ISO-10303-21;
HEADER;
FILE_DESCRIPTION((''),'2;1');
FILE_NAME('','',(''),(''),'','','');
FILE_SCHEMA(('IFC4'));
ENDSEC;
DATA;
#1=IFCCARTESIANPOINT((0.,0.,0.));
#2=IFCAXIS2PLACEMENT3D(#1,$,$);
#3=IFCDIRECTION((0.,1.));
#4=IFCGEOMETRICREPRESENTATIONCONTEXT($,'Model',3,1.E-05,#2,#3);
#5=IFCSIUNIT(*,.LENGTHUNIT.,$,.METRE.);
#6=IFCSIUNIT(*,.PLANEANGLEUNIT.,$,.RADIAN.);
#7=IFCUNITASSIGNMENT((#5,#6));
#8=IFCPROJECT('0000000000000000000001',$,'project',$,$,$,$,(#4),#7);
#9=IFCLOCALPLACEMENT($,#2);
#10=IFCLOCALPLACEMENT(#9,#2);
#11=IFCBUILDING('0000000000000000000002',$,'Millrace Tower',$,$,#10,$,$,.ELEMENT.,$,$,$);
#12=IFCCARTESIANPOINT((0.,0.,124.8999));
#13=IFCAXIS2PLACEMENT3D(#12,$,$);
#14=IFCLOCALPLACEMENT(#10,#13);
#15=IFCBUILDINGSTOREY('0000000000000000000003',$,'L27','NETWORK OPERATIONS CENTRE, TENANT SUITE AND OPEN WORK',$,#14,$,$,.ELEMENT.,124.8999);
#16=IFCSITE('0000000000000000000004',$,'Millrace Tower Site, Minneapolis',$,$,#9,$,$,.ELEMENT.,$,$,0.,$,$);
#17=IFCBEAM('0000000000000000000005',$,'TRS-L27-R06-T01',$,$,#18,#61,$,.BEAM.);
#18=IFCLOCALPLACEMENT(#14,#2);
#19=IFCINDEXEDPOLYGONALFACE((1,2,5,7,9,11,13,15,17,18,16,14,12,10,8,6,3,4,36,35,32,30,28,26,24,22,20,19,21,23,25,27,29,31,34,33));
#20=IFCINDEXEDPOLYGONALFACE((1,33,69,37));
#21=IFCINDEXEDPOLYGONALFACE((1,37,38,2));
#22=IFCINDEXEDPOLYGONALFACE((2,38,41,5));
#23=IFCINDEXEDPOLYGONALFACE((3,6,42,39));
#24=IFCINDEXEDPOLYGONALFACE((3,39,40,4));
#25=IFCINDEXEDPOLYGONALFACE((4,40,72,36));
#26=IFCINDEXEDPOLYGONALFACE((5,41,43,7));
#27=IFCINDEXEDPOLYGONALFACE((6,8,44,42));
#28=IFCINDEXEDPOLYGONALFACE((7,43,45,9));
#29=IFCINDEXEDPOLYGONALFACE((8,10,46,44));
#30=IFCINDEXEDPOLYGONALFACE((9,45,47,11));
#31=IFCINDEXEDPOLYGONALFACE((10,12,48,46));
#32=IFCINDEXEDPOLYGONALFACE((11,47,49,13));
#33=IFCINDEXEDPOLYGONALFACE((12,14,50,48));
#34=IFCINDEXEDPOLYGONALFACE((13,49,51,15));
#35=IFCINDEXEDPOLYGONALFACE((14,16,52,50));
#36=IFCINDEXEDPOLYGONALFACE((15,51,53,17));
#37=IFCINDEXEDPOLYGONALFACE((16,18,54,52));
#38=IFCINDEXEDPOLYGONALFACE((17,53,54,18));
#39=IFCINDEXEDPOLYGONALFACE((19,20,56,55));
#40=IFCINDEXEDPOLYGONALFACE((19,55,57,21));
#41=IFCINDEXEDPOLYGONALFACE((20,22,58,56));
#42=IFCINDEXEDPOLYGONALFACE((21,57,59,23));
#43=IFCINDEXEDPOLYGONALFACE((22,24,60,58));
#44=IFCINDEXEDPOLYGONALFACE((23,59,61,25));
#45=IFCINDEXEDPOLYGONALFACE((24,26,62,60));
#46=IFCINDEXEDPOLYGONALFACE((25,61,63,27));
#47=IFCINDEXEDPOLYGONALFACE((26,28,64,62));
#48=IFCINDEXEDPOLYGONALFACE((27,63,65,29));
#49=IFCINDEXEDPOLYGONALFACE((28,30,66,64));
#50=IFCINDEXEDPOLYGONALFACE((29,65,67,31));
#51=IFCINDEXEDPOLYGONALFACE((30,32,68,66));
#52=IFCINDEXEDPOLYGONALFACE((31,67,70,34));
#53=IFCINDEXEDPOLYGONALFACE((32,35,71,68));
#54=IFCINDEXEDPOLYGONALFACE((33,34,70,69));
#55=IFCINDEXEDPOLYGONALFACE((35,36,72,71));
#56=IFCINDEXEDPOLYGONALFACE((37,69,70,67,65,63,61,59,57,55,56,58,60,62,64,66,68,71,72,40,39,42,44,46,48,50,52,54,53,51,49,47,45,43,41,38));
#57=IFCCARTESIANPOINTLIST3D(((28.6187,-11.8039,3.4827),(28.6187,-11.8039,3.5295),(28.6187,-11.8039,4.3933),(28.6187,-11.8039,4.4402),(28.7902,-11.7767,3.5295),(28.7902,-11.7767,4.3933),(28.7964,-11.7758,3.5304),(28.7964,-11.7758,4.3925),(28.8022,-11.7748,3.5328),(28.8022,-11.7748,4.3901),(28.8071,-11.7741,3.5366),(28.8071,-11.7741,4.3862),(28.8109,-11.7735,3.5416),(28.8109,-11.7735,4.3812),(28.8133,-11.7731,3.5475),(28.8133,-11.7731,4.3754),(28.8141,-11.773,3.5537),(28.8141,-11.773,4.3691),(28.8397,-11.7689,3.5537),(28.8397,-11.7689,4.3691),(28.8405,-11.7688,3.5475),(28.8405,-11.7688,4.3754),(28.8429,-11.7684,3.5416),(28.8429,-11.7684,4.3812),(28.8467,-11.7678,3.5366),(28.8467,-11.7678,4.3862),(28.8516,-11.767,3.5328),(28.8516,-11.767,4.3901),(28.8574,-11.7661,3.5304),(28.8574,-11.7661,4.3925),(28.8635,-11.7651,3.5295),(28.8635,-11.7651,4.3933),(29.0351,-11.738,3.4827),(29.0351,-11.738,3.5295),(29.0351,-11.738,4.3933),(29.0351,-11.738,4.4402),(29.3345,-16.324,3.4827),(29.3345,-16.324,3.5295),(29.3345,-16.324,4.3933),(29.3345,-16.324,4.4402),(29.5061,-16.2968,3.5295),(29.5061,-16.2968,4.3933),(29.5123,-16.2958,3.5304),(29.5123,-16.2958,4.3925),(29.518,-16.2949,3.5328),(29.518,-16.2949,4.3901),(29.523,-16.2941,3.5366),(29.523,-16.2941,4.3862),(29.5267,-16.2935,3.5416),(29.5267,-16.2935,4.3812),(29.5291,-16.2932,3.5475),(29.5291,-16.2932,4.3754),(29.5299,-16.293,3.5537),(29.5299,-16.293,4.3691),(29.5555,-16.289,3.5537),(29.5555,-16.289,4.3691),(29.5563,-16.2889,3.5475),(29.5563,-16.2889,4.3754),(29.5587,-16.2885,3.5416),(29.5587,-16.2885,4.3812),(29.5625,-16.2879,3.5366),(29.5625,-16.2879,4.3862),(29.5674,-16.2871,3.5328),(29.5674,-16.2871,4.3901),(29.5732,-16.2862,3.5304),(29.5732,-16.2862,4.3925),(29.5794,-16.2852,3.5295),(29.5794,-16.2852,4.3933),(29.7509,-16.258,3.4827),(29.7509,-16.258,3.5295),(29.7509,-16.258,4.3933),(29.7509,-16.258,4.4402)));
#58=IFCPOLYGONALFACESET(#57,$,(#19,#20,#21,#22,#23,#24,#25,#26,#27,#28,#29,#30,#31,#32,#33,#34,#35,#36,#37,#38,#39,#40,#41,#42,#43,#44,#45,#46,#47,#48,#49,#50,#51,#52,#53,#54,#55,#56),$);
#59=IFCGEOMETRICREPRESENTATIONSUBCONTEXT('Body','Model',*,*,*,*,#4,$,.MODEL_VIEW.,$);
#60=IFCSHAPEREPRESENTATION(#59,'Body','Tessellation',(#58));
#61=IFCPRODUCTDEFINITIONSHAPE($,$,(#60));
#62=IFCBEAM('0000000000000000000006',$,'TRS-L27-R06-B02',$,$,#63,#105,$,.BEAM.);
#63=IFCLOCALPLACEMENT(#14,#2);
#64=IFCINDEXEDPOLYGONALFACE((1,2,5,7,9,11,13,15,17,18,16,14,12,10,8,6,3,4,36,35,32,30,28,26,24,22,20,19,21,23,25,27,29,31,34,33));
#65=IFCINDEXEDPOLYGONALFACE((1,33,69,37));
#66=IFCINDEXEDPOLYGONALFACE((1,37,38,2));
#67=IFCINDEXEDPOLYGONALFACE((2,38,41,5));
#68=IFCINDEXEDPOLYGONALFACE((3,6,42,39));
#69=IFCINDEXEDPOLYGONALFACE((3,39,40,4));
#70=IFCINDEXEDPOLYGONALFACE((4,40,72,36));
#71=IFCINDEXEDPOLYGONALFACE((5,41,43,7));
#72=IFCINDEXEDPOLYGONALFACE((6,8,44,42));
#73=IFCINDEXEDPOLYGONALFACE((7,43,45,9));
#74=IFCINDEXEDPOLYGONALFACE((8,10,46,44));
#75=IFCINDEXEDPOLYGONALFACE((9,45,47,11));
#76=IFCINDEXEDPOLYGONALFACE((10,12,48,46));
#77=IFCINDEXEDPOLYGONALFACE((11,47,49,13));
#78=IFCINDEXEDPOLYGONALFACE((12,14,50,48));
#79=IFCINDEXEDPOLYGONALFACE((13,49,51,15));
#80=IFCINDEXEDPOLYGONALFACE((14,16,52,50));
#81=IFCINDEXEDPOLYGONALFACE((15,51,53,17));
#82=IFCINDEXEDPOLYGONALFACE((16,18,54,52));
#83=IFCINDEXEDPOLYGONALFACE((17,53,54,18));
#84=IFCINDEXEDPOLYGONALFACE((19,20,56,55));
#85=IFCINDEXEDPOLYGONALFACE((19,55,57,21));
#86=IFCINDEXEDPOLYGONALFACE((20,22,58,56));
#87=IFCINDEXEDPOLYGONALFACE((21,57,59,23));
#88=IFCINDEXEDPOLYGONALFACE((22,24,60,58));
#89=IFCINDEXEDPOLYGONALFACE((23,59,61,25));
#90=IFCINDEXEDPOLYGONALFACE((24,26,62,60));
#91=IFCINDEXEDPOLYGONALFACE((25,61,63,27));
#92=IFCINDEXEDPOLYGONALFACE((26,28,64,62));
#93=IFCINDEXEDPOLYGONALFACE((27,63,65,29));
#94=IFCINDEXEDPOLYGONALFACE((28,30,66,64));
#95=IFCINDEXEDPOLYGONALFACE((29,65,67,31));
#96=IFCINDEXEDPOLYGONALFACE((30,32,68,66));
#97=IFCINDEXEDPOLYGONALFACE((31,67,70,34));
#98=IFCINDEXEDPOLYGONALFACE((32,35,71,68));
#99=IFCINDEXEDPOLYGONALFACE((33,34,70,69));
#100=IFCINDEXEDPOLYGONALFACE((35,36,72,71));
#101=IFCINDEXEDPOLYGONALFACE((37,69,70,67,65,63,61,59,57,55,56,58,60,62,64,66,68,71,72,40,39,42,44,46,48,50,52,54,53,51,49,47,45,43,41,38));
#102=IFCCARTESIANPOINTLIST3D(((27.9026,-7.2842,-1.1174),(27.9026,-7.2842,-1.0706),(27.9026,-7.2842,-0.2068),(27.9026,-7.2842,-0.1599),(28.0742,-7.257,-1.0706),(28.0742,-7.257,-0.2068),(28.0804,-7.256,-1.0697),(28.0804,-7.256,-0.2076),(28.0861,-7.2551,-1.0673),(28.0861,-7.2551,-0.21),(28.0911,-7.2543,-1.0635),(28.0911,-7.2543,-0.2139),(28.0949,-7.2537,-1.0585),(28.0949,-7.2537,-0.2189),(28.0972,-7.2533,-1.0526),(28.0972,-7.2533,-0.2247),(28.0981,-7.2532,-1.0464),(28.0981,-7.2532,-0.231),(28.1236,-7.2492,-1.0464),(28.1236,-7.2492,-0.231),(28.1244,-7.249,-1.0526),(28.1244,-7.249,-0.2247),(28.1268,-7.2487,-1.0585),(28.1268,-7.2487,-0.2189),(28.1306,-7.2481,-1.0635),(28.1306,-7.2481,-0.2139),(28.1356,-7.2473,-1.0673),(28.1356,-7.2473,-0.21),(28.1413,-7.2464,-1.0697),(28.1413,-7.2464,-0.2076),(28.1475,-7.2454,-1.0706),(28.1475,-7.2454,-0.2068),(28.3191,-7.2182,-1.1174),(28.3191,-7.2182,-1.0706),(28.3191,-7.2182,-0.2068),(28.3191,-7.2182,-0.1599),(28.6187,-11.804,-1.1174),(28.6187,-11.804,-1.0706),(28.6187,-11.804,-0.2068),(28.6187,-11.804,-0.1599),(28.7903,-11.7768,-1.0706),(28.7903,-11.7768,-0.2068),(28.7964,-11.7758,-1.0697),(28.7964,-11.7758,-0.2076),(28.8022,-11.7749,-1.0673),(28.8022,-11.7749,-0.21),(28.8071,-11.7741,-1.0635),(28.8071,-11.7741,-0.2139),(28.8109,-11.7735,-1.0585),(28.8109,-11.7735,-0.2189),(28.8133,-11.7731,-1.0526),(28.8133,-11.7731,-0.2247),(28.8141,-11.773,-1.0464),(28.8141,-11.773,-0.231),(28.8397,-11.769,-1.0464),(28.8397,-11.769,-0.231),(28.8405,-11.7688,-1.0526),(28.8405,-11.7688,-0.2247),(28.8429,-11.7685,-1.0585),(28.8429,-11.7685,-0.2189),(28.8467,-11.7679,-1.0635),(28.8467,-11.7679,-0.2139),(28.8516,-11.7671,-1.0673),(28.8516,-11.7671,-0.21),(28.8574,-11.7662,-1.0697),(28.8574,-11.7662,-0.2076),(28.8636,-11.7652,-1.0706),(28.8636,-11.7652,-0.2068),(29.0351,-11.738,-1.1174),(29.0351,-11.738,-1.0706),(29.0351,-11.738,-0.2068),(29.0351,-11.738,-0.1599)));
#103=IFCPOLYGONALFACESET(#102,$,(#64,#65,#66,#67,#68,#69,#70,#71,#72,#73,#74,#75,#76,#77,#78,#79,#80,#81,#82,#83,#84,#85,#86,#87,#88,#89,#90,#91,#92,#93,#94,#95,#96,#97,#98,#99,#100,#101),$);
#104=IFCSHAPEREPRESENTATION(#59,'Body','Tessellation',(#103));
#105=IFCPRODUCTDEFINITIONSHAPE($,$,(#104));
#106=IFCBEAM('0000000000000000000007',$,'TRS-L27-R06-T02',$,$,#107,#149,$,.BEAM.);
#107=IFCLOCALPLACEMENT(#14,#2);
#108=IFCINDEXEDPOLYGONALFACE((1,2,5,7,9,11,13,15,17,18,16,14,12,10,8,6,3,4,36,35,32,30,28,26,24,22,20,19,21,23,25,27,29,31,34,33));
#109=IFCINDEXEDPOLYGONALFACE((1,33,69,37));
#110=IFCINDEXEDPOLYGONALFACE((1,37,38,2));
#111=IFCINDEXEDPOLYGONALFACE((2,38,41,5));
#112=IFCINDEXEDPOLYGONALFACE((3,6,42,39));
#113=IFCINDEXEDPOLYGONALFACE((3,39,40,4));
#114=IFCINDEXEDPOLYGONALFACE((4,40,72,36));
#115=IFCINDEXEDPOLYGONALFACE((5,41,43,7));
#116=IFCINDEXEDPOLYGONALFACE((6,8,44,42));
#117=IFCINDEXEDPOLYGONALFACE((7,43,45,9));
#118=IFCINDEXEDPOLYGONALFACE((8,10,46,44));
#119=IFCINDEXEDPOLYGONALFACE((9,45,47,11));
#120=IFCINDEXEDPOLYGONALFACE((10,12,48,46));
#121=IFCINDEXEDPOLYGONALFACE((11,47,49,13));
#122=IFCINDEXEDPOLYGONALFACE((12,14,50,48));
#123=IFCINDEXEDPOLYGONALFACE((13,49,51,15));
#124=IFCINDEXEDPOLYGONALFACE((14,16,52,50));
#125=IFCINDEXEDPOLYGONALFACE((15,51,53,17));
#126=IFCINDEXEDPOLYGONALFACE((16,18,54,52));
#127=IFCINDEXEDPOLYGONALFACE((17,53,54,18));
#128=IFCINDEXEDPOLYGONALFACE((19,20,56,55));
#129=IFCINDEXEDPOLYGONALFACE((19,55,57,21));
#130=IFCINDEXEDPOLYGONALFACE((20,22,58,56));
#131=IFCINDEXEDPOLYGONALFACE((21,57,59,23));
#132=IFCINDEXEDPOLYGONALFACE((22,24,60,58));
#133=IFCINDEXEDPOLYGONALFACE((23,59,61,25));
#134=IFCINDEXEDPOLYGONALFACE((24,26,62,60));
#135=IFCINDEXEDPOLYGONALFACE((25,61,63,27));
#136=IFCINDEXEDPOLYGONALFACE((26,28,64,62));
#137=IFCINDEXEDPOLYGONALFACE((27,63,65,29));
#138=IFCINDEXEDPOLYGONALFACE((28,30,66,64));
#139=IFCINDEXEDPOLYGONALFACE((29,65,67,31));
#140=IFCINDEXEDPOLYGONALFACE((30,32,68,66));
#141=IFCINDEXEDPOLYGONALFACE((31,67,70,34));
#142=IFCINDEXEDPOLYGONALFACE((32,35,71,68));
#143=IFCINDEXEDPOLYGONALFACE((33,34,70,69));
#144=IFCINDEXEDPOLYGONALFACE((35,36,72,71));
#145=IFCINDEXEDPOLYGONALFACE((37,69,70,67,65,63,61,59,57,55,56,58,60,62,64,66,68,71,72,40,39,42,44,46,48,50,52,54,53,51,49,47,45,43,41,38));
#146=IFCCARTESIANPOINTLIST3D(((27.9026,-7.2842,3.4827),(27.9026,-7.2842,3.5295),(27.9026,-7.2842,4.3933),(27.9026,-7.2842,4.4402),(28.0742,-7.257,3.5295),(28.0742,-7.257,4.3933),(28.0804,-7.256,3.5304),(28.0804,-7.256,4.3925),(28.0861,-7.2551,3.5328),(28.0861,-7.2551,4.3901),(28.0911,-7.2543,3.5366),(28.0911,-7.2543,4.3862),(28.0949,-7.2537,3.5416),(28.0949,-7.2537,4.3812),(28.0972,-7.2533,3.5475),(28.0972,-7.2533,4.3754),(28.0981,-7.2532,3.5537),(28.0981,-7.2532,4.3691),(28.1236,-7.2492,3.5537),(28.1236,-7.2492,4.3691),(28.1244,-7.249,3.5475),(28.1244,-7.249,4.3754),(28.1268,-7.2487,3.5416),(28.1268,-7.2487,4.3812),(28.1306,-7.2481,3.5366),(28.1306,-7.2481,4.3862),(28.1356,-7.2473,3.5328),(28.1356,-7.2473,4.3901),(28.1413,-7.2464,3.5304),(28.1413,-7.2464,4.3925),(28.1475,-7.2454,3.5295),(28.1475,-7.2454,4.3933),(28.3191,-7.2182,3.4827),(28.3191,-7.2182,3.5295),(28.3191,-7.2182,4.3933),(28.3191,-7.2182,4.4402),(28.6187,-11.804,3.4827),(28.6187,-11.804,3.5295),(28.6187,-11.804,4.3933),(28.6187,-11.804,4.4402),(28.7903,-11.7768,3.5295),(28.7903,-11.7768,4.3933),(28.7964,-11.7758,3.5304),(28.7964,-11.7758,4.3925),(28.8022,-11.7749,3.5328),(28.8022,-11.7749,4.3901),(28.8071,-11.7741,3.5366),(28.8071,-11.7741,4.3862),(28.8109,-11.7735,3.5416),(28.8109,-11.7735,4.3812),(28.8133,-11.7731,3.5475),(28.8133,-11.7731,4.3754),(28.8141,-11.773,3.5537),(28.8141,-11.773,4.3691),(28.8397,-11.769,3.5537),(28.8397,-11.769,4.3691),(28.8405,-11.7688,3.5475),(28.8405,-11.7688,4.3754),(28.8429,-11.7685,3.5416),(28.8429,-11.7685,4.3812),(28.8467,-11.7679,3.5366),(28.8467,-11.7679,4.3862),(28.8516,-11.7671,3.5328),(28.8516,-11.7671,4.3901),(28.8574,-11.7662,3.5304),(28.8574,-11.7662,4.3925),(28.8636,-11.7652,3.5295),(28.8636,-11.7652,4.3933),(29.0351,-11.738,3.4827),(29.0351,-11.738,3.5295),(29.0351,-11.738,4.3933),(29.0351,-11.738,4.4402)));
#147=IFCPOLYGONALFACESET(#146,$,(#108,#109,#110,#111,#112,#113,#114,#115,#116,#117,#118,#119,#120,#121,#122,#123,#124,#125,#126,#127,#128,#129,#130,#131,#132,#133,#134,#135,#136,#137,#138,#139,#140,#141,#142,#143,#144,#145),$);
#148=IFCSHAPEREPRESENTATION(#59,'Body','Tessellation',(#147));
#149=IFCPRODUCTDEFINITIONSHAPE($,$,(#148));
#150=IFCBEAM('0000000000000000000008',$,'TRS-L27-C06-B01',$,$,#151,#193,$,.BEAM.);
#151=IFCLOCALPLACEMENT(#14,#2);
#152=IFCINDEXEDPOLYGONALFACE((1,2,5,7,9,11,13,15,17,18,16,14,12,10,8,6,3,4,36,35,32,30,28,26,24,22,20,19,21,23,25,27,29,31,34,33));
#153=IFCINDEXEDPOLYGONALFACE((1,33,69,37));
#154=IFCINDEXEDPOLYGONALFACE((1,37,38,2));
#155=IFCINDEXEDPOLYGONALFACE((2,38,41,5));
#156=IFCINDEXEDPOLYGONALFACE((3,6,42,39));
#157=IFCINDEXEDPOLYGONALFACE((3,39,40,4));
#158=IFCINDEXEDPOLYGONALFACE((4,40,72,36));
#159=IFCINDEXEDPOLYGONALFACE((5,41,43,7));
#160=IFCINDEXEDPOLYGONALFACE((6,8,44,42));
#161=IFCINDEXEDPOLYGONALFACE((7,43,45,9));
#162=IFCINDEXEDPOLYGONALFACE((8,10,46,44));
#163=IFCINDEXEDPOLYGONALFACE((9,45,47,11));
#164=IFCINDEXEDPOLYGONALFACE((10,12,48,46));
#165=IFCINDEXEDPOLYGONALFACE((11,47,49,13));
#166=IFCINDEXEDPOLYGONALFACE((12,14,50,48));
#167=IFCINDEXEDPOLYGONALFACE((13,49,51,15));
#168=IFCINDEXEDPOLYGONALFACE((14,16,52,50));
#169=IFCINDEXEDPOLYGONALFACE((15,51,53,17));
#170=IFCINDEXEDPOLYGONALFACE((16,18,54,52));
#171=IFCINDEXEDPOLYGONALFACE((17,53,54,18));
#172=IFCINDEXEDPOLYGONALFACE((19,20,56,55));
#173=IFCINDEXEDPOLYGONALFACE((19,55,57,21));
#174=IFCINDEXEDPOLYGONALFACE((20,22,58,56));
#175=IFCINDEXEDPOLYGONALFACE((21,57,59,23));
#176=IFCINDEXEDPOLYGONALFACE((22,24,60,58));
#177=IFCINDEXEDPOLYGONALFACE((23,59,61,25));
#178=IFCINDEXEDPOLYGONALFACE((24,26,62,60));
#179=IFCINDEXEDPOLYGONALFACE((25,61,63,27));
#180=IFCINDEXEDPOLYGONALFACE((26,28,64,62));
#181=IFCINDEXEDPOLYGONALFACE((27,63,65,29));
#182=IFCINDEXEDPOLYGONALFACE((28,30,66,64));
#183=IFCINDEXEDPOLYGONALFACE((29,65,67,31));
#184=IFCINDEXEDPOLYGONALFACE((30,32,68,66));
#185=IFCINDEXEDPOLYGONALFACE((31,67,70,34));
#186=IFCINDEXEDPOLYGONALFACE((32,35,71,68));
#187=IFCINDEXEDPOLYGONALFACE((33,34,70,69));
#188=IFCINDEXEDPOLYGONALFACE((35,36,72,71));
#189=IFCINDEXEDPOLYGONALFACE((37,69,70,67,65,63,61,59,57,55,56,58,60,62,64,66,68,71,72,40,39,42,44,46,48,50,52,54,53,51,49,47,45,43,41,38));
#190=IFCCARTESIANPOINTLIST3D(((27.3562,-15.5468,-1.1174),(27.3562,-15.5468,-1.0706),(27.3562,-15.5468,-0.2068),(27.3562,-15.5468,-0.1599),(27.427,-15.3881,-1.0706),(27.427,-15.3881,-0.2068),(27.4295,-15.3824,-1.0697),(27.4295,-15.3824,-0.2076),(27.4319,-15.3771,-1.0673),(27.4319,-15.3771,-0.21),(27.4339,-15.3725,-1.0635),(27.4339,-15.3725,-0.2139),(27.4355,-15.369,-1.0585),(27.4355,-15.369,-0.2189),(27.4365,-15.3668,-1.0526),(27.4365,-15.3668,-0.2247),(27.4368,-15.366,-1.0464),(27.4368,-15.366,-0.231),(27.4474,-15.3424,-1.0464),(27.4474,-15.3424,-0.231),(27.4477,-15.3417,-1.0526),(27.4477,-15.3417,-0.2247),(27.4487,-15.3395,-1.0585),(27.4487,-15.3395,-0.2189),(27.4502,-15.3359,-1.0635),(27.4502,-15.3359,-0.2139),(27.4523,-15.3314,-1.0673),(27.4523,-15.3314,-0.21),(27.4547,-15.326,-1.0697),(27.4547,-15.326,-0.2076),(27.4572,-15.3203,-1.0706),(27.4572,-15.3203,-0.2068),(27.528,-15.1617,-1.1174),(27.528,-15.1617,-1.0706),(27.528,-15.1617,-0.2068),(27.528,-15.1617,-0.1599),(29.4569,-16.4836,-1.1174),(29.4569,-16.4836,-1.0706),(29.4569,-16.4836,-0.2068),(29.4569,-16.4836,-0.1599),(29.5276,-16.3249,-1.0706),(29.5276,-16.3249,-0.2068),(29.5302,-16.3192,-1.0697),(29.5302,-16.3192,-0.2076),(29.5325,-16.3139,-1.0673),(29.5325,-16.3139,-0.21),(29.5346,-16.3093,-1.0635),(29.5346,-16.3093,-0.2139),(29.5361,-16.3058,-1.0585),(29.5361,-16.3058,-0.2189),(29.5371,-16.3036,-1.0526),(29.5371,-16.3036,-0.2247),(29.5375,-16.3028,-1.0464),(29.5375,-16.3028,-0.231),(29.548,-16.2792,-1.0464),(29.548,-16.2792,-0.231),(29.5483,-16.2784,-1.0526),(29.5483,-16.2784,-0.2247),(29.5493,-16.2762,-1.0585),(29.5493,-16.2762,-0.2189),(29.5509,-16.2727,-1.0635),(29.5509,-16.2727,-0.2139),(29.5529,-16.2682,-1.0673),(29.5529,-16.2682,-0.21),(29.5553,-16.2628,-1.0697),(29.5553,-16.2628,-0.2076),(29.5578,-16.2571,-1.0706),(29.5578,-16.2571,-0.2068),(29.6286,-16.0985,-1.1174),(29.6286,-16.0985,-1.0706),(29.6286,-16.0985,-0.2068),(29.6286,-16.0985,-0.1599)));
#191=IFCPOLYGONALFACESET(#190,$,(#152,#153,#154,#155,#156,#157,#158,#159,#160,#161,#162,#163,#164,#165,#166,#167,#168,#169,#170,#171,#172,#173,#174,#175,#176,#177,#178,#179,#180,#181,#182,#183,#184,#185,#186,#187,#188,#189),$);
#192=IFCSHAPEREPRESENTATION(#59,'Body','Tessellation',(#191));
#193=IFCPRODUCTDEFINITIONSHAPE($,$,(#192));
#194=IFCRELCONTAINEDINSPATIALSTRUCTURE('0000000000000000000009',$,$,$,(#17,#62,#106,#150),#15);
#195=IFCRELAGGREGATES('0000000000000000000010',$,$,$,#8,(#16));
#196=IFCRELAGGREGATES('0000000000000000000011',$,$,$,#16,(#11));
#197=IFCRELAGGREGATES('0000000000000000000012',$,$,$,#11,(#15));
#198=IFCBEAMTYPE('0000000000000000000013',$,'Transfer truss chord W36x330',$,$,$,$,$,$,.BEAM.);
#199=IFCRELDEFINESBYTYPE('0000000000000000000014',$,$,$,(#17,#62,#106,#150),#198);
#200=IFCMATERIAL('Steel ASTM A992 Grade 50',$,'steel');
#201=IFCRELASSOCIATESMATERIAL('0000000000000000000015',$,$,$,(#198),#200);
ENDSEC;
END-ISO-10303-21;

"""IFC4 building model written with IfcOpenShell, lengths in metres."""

from ifc_helpers import new_model, si_unit, direction, frame, origin, origin_2d, place, context, subcontext, project, spatial, i_section, extrude, material, material_profile, profile_set, type_object, element, save


model = new_model("IFC4")

# Units and contexts
model_context = context("Model", 3, precision=1e-05, world=origin(), true_north=direction((0.0, 1.0)))
body_context = subcontext(model_context, "Body", "Model", "MODEL_VIEW")
ifc_project = project(units=[si_unit("LENGTHUNIT", "METRE"), si_unit("PLANEANGLEUNIT", "RADIAN")], contexts=[model_context])

# Site, building, storey
site_placement = place(None, origin())
site = spatial("IfcSite", under=ifc_project, at=site_placement, Name="Millrace Tower Site, Minneapolis", CompositionType="ELEMENT", RefElevation=0.0)
building_placement = place(site_placement, origin())
building = spatial("IfcBuilding", under=site, at=building_placement, Name="Millrace Tower", CompositionType="ELEMENT")
storey_placement = place(building_placement, frame((0.0, 0.0, 124.8999)))
storey = spatial("IfcBuildingStorey", under=building, at=storey_placement, Name="L27", Description="NETWORK OPERATIONS CENTRE, TENANT SUITE AND OPEN WORK", CompositionType="ELEMENT", Elevation=124.8999)

# Beams
ifc_material_1 = material(Name="Steel ASTM A992 Grade 50", Category="steel")
ifc_material_profile_1 = material_profile(ifc_material_1, i_section(OverallWidth=0.4216, OverallDepth=0.9575, WebThickness=0.0259, FlangeThickness=0.0469, FilletRadius=0.0242, at=origin_2d()))
ifc_profile_set_1 = profile_set([ifc_material_profile_1], Name="Steel ASTM A992 Grade 50")
beam_type_1 = type_object("IfcBeamType", Name="Transfer truss chord W36x330", PredefinedType="BEAM", material=ifc_profile_set_1)
for number, where, z_axis, x_axis, name in (
    (1, (29.5427, -16.291, 3.9614), (-0.156417, 0.987691, 0.0), (-0.987691, -0.156417, 0.0), "TRS-L27-R06-T01"),
):
    element("IfcBeam", number, at=place(storey_placement, frame(where, z_axis=z_axis, x_axis=x_axis)), inside=storey, type_object=beam_type_1, Name=name, PredefinedType="BEAM", context=body_context, shape_type="SweptSolid", body=[
        extrude(i_section(OverallWidth=0.4216, OverallDepth=0.9575, WebThickness=0.0259, FlangeThickness=0.0469, FilletRadius=0.0242, at=origin_2d()), origin(), (0.0, 0.0, 1.0), 4.5764),
    ])
for number, where, z_axis, x_axis, name in (
    (2, (28.8269, -11.771, -0.6387), (-0.156478, 0.987682, 0.0), (-0.987682, -0.156478, 0.0), "TRS-L27-R06-B02"),
    (3, (28.8269, -11.771, 3.9614), (-0.156478, 0.987682, 0.0), (-0.987682, -0.156478, 0.0), "TRS-L27-R06-T02"),
):
    element("IfcBeam", number, at=place(storey_placement, frame(where, z_axis=z_axis, x_axis=x_axis)), inside=storey, type_object=beam_type_1, Name=name, PredefinedType="BEAM", context=body_context, shape_type="SweptSolid", body=[
        extrude(i_section(OverallWidth=0.4216, OverallDepth=0.9575, WebThickness=0.0259, FlangeThickness=0.0469, FilletRadius=0.0242, at=origin_2d()), origin(), (0.0, 0.0, 1.0), 4.5762),
    ])
for number, where, z_axis, x_axis, name in (
    (4, (29.5427, -16.291, -0.6387), (-0.913299, 0.40729, 0.0), (-0.40729, -0.913299, 0.0), "TRS-L27-C06-B01"),
):
    element("IfcBeam", number, at=place(storey_placement, frame(where, z_axis=z_axis, x_axis=x_axis)), inside=storey, type_object=beam_type_1, Name=name, PredefinedType="BEAM", context=body_context, shape_type="SweptSolid", body=[
        extrude(i_section(OverallWidth=0.4216, OverallDepth=0.9575, WebThickness=0.0259, FlangeThickness=0.0469, FilletRadius=0.0242, at=origin_2d()), origin(), (0.0, 0.0, 1.0), 2.3),
    ])

save(model, "model.ifc")
